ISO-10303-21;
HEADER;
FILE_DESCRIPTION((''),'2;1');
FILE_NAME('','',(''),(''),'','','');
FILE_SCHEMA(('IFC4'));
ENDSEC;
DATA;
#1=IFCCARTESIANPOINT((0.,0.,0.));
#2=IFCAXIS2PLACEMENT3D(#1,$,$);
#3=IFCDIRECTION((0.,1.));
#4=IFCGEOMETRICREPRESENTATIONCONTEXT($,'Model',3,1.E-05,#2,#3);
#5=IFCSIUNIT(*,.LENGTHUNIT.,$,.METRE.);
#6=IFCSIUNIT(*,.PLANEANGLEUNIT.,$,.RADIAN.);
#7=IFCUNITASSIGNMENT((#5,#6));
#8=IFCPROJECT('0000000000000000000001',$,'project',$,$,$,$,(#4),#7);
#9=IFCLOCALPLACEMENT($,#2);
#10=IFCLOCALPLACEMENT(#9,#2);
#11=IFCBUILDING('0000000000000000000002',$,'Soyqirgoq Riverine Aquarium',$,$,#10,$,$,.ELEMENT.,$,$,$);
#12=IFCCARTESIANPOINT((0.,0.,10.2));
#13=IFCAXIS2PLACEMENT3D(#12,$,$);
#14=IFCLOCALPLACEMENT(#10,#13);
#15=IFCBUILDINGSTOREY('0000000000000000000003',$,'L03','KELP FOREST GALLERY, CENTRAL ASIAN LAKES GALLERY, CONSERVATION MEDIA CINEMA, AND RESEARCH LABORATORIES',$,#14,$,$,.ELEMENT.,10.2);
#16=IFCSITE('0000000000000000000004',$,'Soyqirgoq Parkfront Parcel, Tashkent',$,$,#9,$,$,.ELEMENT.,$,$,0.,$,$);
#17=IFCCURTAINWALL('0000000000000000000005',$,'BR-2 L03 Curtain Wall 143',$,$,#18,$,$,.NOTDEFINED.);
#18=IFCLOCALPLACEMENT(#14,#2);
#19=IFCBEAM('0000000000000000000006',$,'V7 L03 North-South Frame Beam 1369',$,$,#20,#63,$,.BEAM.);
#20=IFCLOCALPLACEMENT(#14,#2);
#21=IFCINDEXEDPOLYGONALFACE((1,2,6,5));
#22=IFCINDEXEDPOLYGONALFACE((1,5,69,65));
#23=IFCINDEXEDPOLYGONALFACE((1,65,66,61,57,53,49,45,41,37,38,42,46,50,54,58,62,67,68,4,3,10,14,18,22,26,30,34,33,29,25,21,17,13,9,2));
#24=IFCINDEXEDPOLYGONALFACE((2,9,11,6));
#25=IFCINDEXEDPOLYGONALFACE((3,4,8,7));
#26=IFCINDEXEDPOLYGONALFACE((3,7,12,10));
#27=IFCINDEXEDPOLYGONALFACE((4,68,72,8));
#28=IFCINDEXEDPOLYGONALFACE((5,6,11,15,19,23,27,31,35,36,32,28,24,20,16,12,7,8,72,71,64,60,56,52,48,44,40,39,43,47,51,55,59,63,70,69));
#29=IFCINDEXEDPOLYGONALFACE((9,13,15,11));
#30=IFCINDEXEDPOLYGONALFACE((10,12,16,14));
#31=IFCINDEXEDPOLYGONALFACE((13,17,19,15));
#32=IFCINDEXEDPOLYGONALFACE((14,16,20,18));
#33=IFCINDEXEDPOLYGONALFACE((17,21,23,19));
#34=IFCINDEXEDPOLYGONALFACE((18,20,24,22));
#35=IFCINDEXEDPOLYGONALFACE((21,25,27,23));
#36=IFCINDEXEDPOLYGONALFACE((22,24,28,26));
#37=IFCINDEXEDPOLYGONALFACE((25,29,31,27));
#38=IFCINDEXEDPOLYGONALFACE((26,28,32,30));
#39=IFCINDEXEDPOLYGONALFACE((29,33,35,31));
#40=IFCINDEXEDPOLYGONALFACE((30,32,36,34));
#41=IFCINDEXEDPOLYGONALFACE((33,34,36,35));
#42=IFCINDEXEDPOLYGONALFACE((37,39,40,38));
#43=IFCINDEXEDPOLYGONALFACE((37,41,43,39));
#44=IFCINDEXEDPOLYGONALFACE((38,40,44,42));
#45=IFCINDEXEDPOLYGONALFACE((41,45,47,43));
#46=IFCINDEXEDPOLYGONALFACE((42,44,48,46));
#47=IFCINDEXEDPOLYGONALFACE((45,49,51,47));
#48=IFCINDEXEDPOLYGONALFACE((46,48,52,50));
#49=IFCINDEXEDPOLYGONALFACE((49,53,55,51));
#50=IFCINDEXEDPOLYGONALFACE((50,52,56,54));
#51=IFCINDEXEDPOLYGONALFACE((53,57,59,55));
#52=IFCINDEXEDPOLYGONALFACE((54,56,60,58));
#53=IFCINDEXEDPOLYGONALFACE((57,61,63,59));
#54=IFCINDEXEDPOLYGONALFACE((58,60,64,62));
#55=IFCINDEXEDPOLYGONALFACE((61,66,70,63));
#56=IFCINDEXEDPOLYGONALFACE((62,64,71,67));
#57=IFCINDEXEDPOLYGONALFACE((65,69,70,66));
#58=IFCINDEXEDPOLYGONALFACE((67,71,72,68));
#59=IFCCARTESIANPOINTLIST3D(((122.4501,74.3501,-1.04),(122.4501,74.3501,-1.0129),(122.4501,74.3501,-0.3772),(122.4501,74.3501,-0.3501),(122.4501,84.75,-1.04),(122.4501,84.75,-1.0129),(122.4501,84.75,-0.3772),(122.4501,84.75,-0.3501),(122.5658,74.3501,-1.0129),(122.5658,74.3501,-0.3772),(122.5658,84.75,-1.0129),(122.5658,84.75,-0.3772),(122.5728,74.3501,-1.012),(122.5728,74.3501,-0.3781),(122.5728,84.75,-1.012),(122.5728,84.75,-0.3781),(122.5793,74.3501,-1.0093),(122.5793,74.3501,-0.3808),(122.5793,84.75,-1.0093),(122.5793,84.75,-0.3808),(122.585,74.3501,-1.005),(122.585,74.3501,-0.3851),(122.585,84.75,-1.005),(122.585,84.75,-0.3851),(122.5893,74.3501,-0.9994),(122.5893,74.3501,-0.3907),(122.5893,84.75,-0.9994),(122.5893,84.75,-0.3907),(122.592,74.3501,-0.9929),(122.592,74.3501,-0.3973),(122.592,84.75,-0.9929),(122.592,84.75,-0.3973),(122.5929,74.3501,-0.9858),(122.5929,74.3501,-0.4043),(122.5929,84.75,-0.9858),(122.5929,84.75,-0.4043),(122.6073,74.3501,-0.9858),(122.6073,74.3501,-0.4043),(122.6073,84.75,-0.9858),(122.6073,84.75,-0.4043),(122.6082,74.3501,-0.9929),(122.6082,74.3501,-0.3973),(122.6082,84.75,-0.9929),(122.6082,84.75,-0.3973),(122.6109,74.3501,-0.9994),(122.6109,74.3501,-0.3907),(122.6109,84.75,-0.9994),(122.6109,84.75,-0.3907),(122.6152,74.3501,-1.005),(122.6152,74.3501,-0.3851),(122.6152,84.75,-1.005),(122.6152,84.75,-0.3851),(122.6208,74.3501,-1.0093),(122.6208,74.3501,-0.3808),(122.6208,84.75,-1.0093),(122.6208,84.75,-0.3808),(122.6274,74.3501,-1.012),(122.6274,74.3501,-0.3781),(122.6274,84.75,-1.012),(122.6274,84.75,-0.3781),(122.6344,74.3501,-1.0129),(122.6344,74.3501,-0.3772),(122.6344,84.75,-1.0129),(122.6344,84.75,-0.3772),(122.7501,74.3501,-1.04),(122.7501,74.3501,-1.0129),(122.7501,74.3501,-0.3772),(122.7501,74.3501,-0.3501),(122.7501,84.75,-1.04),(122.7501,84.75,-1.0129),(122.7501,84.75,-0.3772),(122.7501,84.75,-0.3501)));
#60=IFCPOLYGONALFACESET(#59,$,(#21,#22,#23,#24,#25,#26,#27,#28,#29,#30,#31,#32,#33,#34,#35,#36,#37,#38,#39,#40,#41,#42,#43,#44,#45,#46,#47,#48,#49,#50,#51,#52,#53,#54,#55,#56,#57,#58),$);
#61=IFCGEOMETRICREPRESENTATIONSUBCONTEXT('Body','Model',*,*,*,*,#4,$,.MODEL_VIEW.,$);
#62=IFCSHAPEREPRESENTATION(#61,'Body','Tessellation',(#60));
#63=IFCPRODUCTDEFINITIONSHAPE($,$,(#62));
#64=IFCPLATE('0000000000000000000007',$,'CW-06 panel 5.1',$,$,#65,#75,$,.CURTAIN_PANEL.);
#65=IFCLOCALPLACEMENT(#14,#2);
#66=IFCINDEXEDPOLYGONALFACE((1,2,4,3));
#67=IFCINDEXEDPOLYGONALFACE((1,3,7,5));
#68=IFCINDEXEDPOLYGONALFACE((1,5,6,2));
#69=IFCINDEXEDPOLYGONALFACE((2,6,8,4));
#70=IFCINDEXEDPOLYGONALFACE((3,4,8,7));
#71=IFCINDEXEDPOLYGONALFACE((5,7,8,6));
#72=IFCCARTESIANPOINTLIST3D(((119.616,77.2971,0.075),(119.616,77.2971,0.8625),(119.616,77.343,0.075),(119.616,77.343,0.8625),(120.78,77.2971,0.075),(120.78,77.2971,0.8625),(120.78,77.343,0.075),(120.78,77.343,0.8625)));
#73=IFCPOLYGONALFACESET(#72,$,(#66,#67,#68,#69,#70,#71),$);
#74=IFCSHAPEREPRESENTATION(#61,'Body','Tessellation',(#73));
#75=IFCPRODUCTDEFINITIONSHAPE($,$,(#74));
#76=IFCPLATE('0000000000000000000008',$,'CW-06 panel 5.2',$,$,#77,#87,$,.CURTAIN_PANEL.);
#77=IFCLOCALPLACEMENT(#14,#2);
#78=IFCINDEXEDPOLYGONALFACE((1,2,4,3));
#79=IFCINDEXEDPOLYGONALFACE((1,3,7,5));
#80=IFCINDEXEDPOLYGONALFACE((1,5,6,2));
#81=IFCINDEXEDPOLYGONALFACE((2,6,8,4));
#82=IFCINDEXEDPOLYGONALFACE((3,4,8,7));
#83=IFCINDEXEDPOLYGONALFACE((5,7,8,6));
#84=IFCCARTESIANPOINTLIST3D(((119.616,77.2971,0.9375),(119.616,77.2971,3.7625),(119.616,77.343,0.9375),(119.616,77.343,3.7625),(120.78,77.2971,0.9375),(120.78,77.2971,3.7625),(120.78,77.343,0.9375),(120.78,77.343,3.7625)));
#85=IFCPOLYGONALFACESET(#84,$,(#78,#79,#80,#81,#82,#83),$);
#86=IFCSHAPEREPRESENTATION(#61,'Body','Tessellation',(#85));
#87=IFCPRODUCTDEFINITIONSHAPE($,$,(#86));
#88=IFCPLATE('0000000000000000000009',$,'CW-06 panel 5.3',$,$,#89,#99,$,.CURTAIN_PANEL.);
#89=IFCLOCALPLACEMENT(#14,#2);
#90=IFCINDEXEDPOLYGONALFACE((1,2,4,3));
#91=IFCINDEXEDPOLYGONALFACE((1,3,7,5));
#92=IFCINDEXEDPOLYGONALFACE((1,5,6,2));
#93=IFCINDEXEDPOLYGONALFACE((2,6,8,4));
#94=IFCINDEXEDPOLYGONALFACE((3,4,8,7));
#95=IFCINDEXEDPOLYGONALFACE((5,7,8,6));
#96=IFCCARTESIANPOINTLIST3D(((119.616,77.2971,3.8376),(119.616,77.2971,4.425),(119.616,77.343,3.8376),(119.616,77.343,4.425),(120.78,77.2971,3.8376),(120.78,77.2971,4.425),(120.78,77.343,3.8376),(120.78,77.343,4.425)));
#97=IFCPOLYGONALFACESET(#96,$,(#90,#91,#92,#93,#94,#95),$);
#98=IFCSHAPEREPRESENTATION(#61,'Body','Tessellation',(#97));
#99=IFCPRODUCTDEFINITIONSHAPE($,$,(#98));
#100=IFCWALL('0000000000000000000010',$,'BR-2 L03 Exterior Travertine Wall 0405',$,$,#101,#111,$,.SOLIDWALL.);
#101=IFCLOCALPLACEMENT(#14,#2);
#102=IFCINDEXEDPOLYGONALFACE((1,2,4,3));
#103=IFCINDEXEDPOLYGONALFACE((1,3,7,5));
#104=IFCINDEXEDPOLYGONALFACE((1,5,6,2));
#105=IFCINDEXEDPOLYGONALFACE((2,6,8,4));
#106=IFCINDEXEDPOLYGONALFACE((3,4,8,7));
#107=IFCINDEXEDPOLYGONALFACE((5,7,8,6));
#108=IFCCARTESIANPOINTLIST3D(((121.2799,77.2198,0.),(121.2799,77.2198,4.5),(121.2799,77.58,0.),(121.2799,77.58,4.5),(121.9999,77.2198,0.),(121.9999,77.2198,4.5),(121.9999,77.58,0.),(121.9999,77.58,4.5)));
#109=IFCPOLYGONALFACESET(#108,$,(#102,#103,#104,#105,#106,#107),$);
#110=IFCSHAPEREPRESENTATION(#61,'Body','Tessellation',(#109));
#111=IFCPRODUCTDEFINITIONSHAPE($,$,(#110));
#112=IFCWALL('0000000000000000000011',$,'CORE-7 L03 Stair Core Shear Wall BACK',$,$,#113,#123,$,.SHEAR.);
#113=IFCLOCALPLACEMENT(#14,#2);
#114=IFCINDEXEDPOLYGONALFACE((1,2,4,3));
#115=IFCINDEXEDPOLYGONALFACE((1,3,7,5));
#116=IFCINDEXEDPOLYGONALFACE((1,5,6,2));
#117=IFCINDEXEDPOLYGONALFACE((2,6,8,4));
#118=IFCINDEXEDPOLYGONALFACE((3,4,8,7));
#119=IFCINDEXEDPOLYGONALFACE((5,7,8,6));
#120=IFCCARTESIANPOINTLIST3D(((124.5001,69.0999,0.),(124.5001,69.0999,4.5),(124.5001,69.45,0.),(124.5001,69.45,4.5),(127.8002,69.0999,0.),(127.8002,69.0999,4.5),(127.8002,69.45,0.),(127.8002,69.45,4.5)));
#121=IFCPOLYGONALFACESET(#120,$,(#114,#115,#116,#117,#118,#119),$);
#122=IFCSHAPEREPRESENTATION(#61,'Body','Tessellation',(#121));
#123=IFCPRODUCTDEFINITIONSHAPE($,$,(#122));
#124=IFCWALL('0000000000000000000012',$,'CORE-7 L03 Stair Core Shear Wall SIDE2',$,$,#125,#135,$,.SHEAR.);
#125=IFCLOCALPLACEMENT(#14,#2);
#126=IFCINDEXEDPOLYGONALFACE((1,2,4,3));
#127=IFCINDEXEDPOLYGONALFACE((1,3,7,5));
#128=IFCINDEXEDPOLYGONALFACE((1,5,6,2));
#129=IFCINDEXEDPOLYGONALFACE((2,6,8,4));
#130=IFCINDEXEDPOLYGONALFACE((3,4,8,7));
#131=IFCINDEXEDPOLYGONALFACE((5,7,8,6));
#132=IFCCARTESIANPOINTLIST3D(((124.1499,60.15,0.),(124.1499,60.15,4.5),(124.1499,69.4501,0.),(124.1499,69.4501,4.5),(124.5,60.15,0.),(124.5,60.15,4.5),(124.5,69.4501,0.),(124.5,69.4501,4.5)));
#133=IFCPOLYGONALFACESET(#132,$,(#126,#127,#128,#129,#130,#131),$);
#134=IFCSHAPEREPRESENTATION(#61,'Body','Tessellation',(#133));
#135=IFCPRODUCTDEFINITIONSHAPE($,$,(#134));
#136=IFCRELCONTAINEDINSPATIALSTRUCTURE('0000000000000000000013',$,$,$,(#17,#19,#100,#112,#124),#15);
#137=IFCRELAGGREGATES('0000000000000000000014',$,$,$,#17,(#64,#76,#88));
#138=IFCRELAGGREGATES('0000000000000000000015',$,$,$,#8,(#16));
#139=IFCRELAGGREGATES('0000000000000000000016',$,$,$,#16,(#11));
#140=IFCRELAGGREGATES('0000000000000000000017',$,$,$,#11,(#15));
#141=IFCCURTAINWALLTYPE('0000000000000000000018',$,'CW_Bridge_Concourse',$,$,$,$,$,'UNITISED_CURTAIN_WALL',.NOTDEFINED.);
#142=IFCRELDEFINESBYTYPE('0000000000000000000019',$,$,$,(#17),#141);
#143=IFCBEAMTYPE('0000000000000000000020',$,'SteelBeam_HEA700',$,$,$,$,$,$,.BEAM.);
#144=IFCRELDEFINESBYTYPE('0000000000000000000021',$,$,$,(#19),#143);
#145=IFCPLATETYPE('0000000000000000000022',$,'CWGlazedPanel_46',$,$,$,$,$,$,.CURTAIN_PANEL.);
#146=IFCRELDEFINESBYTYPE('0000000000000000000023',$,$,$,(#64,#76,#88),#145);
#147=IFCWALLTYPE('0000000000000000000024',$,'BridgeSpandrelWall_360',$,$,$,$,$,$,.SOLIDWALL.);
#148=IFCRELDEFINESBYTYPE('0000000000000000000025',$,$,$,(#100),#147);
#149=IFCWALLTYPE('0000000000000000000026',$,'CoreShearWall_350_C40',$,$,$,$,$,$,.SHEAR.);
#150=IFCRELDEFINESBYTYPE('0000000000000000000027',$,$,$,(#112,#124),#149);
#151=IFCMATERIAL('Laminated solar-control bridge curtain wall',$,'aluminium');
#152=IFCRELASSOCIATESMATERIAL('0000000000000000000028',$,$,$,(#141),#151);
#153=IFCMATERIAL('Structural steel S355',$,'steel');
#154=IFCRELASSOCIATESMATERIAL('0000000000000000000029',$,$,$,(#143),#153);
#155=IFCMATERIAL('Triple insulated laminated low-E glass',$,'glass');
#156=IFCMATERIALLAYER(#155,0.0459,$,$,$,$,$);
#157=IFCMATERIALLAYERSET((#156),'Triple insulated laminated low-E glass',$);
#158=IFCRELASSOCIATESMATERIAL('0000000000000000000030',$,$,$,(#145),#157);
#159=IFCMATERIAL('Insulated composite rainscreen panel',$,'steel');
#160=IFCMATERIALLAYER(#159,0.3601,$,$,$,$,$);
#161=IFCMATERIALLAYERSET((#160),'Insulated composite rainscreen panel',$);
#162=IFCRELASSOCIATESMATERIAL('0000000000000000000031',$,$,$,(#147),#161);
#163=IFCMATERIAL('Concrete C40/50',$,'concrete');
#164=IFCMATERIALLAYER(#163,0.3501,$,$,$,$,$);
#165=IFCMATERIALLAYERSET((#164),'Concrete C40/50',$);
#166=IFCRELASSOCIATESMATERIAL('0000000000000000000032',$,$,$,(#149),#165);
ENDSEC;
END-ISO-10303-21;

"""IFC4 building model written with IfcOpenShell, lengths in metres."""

from ifc_helpers import new_model, si_unit, direction, frame, frame_2d, origin, origin_2d, place, context, subcontext, project, spatial, rectangle, i_section, extrude, material, layer, layer_set, material_profile, profile_set, type_object, element, aggregate, save


model = new_model("IFC4")

# Units and contexts
model_context = context("Model", 3, precision=1e-05, world=origin(), true_north=direction((0.0, 1.0)))
body_context = subcontext(model_context, "Body", "Model", "MODEL_VIEW")
ifc_project = project(units=[si_unit("LENGTHUNIT", "METRE"), si_unit("PLANEANGLEUNIT", "RADIAN")], contexts=[model_context])

# Site, building, storey
site_placement = place(None, origin())
site = spatial("IfcSite", under=ifc_project, at=site_placement, Name="Soyqirgoq Parkfront Parcel, Tashkent", CompositionType="ELEMENT", RefElevation=0.0)
building_placement = place(site_placement, origin())
building = spatial("IfcBuilding", under=site, at=building_placement, Name="Soyqirgoq Riverine Aquarium", CompositionType="ELEMENT")
storey_placement = place(building_placement, frame((0.0, 0.0, 10.2)))
storey = spatial("IfcBuildingStorey", under=building, at=storey_placement, Name="L03", Description="KELP FOREST GALLERY, CENTRAL ASIAN LAKES GALLERY, CONSERVATION MEDIA CINEMA, AND RESEARCH LABORATORIES", CompositionType="ELEMENT", Elevation=10.2)

# Curtain wall
ifc_material_1 = material(Name="Laminated solar-control bridge curtain wall", Category="aluminium")
curtain_wall_type = type_object("IfcCurtainWallType", Name="CW_Bridge_Concourse", ElementType="UNITISED_CURTAIN_WALL", PredefinedType="NOTDEFINED", material=ifc_material_1)
curtain_wall_placement = place(storey_placement, origin())
curtain_wall = element("IfcCurtainWall", 1, at=curtain_wall_placement, inside=storey, type_object=curtain_wall_type, Name="BR-2 L03 Curtain Wall 143", PredefinedType="NOTDEFINED")

# Beam
ifc_material_2 = material(Name="Structural steel S355", Category="steel")
ifc_material_profile_1 = material_profile(ifc_material_2, i_section(OverallWidth=0.3, OverallDepth=0.6899, WebThickness=0.0144, FlangeThickness=0.0271, FilletRadius=0.0271, at=origin_2d()), Name="HEA 700")
ifc_profile_set_1 = profile_set([ifc_material_profile_1], Name="Structural steel S355")
beam_type_1 = type_object("IfcBeamType", Name="SteelBeam_HEA700", PredefinedType="BEAM", material=ifc_profile_set_1)
beam_1_placement = place(storey_placement, frame((122.6001, 74.3501, -0.6951), z_axis=(0.0, 1.0, 0.0), x_axis=(-1.0, 0.0, 0.0)))
element("IfcBeam", 2, at=beam_1_placement, inside=storey, type_object=beam_type_1, Name="V7 L03 North-South Frame Beam 1369", PredefinedType="BEAM", context=body_context, shape_type="SweptSolid", body=[
    extrude(i_section(OverallWidth=0.3, OverallDepth=0.6899, WebThickness=0.0144, FlangeThickness=0.0271, FilletRadius=0.0271, at=origin_2d()), origin(), (0.0, 0.0, 1.0), 10.3999),
])

# Plates
ifc_material_3 = material(Name="Triple insulated laminated low-E glass", Category="glass")
ifc_layer_1 = layer(ifc_material_3, 0.0459)
ifc_layer_set_1 = layer_set([ifc_layer_1], Name="Triple insulated laminated low-E glass")
plate_type = type_object("IfcPlateType", Name="CWGlazedPanel_46", PredefinedType="CURTAIN_PANEL", material=ifc_layer_set_1)
plate_1_placement = place(storey_placement, frame((120.198, 77.3201, 0.075), z_axis=(0.0, 0.0, 1.0), x_axis=(1.0, 0.0, 0.0)))
plate_1 = element("IfcPlate", 3, at=plate_1_placement, type_object=plate_type, Name="CW-06 panel 5.1", PredefinedType="CURTAIN_PANEL", context=body_context, shape_type="SweptSolid", body=[
    extrude(rectangle(XDim=1.1641, YDim=0.0459, at=origin_2d()), origin(), (0.0, 0.0, 1.0), 0.7876),
])
plate_2_placement = place(storey_placement, frame((120.198, 77.3201, 0.9375), z_axis=(0.0, 0.0, 1.0), x_axis=(1.0, 0.0, 0.0)))
plate_2 = element("IfcPlate", 4, at=plate_2_placement, type_object=plate_type, Name="CW-06 panel 5.2", PredefinedType="CURTAIN_PANEL", context=body_context, shape_type="SweptSolid", body=[
    extrude(rectangle(XDim=1.1641, YDim=0.0459, at=origin_2d()), origin(), (0.0, 0.0, 1.0), 2.825),
])
plate_3_placement = place(storey_placement, frame((120.198, 77.3201, 3.8376), z_axis=(0.0, 0.0, 1.0), x_axis=(1.0, 0.0, 0.0)))
plate_3 = element("IfcPlate", 5, at=plate_3_placement, type_object=plate_type, Name="CW-06 panel 5.3", PredefinedType="CURTAIN_PANEL", context=body_context, shape_type="SweptSolid", body=[
    extrude(rectangle(XDim=1.1641, YDim=0.0459, at=origin_2d()), origin(), (0.0, 0.0, 1.0), 0.5874),
])
aggregate(curtain_wall, [plate_1, plate_2, plate_3])

# Walls
ifc_material_4 = material(Name="Insulated composite rainscreen panel", Category="steel")
ifc_layer_2 = layer(ifc_material_4, 0.3601)
ifc_layer_set_2 = layer_set([ifc_layer_2], Name="Insulated composite rainscreen panel")
wall_type_1 = type_object("IfcWallType", Name="BridgeSpandrelWall_360", PredefinedType="SOLIDWALL", material=ifc_layer_set_2)
wall_1_placement = place(storey_placement, frame((121.28, 77.3999, 0.0), z_axis=(0.0, 0.0, 1.0), x_axis=(1.0, 0.0, 0.0)))
element("IfcWall", 6, at=wall_1_placement, inside=storey, type_object=wall_type_1, Name="BR-2 L03 Exterior Travertine Wall 0405", PredefinedType="SOLIDWALL", context=body_context, shape_type="SweptSolid", body=[
    extrude(rectangle(XDim=0.72, YDim=0.3601, at=frame_2d((0.3599, 0.0))), origin(), (0.0, 0.0, 1.0), 4.5),
])
ifc_material_5 = material(Name="Concrete C40/50", Category="concrete")
ifc_layer_3 = layer(ifc_material_5, 0.3501)
ifc_layer_set_3 = layer_set([ifc_layer_3], Name="Concrete C40/50")
wall_type_2 = type_object("IfcWallType", Name="CoreShearWall_350_C40", PredefinedType="SHEAR", material=ifc_layer_set_3)
wall_2_placement = place(storey_placement, frame((127.8, 69.2749, 0.0), z_axis=(0.0, 0.0, 1.0), x_axis=(-1.0, 0.0, 0.0)))
element("IfcWall", 7, at=wall_2_placement, inside=storey, type_object=wall_type_2, Name="CORE-7 L03 Stair Core Shear Wall BACK", PredefinedType="SHEAR", context=body_context, shape_type="SweptSolid", body=[
    extrude(rectangle(XDim=3.3, YDim=0.3501, at=frame_2d((1.6499, 0.0))), origin(), (0.0, 0.0, 1.0), 4.5),
])
wall_3_placement = place(storey_placement, frame((124.325, 69.45, 0.0), z_axis=(0.0, 0.0, 1.0), x_axis=(0.0, -1.0, 0.0)))
element("IfcWall", 8, at=wall_3_placement, inside=storey, type_object=wall_type_2, Name="CORE-7 L03 Stair Core Shear Wall SIDE2", PredefinedType="SHEAR", context=body_context, shape_type="SweptSolid", body=[
    extrude(rectangle(XDim=9.3, YDim=0.3501, at=frame_2d((4.6499, 0.0))), origin(), (0.0, 0.0, 1.0), 4.5),
])

save(model, "model.ifc")
